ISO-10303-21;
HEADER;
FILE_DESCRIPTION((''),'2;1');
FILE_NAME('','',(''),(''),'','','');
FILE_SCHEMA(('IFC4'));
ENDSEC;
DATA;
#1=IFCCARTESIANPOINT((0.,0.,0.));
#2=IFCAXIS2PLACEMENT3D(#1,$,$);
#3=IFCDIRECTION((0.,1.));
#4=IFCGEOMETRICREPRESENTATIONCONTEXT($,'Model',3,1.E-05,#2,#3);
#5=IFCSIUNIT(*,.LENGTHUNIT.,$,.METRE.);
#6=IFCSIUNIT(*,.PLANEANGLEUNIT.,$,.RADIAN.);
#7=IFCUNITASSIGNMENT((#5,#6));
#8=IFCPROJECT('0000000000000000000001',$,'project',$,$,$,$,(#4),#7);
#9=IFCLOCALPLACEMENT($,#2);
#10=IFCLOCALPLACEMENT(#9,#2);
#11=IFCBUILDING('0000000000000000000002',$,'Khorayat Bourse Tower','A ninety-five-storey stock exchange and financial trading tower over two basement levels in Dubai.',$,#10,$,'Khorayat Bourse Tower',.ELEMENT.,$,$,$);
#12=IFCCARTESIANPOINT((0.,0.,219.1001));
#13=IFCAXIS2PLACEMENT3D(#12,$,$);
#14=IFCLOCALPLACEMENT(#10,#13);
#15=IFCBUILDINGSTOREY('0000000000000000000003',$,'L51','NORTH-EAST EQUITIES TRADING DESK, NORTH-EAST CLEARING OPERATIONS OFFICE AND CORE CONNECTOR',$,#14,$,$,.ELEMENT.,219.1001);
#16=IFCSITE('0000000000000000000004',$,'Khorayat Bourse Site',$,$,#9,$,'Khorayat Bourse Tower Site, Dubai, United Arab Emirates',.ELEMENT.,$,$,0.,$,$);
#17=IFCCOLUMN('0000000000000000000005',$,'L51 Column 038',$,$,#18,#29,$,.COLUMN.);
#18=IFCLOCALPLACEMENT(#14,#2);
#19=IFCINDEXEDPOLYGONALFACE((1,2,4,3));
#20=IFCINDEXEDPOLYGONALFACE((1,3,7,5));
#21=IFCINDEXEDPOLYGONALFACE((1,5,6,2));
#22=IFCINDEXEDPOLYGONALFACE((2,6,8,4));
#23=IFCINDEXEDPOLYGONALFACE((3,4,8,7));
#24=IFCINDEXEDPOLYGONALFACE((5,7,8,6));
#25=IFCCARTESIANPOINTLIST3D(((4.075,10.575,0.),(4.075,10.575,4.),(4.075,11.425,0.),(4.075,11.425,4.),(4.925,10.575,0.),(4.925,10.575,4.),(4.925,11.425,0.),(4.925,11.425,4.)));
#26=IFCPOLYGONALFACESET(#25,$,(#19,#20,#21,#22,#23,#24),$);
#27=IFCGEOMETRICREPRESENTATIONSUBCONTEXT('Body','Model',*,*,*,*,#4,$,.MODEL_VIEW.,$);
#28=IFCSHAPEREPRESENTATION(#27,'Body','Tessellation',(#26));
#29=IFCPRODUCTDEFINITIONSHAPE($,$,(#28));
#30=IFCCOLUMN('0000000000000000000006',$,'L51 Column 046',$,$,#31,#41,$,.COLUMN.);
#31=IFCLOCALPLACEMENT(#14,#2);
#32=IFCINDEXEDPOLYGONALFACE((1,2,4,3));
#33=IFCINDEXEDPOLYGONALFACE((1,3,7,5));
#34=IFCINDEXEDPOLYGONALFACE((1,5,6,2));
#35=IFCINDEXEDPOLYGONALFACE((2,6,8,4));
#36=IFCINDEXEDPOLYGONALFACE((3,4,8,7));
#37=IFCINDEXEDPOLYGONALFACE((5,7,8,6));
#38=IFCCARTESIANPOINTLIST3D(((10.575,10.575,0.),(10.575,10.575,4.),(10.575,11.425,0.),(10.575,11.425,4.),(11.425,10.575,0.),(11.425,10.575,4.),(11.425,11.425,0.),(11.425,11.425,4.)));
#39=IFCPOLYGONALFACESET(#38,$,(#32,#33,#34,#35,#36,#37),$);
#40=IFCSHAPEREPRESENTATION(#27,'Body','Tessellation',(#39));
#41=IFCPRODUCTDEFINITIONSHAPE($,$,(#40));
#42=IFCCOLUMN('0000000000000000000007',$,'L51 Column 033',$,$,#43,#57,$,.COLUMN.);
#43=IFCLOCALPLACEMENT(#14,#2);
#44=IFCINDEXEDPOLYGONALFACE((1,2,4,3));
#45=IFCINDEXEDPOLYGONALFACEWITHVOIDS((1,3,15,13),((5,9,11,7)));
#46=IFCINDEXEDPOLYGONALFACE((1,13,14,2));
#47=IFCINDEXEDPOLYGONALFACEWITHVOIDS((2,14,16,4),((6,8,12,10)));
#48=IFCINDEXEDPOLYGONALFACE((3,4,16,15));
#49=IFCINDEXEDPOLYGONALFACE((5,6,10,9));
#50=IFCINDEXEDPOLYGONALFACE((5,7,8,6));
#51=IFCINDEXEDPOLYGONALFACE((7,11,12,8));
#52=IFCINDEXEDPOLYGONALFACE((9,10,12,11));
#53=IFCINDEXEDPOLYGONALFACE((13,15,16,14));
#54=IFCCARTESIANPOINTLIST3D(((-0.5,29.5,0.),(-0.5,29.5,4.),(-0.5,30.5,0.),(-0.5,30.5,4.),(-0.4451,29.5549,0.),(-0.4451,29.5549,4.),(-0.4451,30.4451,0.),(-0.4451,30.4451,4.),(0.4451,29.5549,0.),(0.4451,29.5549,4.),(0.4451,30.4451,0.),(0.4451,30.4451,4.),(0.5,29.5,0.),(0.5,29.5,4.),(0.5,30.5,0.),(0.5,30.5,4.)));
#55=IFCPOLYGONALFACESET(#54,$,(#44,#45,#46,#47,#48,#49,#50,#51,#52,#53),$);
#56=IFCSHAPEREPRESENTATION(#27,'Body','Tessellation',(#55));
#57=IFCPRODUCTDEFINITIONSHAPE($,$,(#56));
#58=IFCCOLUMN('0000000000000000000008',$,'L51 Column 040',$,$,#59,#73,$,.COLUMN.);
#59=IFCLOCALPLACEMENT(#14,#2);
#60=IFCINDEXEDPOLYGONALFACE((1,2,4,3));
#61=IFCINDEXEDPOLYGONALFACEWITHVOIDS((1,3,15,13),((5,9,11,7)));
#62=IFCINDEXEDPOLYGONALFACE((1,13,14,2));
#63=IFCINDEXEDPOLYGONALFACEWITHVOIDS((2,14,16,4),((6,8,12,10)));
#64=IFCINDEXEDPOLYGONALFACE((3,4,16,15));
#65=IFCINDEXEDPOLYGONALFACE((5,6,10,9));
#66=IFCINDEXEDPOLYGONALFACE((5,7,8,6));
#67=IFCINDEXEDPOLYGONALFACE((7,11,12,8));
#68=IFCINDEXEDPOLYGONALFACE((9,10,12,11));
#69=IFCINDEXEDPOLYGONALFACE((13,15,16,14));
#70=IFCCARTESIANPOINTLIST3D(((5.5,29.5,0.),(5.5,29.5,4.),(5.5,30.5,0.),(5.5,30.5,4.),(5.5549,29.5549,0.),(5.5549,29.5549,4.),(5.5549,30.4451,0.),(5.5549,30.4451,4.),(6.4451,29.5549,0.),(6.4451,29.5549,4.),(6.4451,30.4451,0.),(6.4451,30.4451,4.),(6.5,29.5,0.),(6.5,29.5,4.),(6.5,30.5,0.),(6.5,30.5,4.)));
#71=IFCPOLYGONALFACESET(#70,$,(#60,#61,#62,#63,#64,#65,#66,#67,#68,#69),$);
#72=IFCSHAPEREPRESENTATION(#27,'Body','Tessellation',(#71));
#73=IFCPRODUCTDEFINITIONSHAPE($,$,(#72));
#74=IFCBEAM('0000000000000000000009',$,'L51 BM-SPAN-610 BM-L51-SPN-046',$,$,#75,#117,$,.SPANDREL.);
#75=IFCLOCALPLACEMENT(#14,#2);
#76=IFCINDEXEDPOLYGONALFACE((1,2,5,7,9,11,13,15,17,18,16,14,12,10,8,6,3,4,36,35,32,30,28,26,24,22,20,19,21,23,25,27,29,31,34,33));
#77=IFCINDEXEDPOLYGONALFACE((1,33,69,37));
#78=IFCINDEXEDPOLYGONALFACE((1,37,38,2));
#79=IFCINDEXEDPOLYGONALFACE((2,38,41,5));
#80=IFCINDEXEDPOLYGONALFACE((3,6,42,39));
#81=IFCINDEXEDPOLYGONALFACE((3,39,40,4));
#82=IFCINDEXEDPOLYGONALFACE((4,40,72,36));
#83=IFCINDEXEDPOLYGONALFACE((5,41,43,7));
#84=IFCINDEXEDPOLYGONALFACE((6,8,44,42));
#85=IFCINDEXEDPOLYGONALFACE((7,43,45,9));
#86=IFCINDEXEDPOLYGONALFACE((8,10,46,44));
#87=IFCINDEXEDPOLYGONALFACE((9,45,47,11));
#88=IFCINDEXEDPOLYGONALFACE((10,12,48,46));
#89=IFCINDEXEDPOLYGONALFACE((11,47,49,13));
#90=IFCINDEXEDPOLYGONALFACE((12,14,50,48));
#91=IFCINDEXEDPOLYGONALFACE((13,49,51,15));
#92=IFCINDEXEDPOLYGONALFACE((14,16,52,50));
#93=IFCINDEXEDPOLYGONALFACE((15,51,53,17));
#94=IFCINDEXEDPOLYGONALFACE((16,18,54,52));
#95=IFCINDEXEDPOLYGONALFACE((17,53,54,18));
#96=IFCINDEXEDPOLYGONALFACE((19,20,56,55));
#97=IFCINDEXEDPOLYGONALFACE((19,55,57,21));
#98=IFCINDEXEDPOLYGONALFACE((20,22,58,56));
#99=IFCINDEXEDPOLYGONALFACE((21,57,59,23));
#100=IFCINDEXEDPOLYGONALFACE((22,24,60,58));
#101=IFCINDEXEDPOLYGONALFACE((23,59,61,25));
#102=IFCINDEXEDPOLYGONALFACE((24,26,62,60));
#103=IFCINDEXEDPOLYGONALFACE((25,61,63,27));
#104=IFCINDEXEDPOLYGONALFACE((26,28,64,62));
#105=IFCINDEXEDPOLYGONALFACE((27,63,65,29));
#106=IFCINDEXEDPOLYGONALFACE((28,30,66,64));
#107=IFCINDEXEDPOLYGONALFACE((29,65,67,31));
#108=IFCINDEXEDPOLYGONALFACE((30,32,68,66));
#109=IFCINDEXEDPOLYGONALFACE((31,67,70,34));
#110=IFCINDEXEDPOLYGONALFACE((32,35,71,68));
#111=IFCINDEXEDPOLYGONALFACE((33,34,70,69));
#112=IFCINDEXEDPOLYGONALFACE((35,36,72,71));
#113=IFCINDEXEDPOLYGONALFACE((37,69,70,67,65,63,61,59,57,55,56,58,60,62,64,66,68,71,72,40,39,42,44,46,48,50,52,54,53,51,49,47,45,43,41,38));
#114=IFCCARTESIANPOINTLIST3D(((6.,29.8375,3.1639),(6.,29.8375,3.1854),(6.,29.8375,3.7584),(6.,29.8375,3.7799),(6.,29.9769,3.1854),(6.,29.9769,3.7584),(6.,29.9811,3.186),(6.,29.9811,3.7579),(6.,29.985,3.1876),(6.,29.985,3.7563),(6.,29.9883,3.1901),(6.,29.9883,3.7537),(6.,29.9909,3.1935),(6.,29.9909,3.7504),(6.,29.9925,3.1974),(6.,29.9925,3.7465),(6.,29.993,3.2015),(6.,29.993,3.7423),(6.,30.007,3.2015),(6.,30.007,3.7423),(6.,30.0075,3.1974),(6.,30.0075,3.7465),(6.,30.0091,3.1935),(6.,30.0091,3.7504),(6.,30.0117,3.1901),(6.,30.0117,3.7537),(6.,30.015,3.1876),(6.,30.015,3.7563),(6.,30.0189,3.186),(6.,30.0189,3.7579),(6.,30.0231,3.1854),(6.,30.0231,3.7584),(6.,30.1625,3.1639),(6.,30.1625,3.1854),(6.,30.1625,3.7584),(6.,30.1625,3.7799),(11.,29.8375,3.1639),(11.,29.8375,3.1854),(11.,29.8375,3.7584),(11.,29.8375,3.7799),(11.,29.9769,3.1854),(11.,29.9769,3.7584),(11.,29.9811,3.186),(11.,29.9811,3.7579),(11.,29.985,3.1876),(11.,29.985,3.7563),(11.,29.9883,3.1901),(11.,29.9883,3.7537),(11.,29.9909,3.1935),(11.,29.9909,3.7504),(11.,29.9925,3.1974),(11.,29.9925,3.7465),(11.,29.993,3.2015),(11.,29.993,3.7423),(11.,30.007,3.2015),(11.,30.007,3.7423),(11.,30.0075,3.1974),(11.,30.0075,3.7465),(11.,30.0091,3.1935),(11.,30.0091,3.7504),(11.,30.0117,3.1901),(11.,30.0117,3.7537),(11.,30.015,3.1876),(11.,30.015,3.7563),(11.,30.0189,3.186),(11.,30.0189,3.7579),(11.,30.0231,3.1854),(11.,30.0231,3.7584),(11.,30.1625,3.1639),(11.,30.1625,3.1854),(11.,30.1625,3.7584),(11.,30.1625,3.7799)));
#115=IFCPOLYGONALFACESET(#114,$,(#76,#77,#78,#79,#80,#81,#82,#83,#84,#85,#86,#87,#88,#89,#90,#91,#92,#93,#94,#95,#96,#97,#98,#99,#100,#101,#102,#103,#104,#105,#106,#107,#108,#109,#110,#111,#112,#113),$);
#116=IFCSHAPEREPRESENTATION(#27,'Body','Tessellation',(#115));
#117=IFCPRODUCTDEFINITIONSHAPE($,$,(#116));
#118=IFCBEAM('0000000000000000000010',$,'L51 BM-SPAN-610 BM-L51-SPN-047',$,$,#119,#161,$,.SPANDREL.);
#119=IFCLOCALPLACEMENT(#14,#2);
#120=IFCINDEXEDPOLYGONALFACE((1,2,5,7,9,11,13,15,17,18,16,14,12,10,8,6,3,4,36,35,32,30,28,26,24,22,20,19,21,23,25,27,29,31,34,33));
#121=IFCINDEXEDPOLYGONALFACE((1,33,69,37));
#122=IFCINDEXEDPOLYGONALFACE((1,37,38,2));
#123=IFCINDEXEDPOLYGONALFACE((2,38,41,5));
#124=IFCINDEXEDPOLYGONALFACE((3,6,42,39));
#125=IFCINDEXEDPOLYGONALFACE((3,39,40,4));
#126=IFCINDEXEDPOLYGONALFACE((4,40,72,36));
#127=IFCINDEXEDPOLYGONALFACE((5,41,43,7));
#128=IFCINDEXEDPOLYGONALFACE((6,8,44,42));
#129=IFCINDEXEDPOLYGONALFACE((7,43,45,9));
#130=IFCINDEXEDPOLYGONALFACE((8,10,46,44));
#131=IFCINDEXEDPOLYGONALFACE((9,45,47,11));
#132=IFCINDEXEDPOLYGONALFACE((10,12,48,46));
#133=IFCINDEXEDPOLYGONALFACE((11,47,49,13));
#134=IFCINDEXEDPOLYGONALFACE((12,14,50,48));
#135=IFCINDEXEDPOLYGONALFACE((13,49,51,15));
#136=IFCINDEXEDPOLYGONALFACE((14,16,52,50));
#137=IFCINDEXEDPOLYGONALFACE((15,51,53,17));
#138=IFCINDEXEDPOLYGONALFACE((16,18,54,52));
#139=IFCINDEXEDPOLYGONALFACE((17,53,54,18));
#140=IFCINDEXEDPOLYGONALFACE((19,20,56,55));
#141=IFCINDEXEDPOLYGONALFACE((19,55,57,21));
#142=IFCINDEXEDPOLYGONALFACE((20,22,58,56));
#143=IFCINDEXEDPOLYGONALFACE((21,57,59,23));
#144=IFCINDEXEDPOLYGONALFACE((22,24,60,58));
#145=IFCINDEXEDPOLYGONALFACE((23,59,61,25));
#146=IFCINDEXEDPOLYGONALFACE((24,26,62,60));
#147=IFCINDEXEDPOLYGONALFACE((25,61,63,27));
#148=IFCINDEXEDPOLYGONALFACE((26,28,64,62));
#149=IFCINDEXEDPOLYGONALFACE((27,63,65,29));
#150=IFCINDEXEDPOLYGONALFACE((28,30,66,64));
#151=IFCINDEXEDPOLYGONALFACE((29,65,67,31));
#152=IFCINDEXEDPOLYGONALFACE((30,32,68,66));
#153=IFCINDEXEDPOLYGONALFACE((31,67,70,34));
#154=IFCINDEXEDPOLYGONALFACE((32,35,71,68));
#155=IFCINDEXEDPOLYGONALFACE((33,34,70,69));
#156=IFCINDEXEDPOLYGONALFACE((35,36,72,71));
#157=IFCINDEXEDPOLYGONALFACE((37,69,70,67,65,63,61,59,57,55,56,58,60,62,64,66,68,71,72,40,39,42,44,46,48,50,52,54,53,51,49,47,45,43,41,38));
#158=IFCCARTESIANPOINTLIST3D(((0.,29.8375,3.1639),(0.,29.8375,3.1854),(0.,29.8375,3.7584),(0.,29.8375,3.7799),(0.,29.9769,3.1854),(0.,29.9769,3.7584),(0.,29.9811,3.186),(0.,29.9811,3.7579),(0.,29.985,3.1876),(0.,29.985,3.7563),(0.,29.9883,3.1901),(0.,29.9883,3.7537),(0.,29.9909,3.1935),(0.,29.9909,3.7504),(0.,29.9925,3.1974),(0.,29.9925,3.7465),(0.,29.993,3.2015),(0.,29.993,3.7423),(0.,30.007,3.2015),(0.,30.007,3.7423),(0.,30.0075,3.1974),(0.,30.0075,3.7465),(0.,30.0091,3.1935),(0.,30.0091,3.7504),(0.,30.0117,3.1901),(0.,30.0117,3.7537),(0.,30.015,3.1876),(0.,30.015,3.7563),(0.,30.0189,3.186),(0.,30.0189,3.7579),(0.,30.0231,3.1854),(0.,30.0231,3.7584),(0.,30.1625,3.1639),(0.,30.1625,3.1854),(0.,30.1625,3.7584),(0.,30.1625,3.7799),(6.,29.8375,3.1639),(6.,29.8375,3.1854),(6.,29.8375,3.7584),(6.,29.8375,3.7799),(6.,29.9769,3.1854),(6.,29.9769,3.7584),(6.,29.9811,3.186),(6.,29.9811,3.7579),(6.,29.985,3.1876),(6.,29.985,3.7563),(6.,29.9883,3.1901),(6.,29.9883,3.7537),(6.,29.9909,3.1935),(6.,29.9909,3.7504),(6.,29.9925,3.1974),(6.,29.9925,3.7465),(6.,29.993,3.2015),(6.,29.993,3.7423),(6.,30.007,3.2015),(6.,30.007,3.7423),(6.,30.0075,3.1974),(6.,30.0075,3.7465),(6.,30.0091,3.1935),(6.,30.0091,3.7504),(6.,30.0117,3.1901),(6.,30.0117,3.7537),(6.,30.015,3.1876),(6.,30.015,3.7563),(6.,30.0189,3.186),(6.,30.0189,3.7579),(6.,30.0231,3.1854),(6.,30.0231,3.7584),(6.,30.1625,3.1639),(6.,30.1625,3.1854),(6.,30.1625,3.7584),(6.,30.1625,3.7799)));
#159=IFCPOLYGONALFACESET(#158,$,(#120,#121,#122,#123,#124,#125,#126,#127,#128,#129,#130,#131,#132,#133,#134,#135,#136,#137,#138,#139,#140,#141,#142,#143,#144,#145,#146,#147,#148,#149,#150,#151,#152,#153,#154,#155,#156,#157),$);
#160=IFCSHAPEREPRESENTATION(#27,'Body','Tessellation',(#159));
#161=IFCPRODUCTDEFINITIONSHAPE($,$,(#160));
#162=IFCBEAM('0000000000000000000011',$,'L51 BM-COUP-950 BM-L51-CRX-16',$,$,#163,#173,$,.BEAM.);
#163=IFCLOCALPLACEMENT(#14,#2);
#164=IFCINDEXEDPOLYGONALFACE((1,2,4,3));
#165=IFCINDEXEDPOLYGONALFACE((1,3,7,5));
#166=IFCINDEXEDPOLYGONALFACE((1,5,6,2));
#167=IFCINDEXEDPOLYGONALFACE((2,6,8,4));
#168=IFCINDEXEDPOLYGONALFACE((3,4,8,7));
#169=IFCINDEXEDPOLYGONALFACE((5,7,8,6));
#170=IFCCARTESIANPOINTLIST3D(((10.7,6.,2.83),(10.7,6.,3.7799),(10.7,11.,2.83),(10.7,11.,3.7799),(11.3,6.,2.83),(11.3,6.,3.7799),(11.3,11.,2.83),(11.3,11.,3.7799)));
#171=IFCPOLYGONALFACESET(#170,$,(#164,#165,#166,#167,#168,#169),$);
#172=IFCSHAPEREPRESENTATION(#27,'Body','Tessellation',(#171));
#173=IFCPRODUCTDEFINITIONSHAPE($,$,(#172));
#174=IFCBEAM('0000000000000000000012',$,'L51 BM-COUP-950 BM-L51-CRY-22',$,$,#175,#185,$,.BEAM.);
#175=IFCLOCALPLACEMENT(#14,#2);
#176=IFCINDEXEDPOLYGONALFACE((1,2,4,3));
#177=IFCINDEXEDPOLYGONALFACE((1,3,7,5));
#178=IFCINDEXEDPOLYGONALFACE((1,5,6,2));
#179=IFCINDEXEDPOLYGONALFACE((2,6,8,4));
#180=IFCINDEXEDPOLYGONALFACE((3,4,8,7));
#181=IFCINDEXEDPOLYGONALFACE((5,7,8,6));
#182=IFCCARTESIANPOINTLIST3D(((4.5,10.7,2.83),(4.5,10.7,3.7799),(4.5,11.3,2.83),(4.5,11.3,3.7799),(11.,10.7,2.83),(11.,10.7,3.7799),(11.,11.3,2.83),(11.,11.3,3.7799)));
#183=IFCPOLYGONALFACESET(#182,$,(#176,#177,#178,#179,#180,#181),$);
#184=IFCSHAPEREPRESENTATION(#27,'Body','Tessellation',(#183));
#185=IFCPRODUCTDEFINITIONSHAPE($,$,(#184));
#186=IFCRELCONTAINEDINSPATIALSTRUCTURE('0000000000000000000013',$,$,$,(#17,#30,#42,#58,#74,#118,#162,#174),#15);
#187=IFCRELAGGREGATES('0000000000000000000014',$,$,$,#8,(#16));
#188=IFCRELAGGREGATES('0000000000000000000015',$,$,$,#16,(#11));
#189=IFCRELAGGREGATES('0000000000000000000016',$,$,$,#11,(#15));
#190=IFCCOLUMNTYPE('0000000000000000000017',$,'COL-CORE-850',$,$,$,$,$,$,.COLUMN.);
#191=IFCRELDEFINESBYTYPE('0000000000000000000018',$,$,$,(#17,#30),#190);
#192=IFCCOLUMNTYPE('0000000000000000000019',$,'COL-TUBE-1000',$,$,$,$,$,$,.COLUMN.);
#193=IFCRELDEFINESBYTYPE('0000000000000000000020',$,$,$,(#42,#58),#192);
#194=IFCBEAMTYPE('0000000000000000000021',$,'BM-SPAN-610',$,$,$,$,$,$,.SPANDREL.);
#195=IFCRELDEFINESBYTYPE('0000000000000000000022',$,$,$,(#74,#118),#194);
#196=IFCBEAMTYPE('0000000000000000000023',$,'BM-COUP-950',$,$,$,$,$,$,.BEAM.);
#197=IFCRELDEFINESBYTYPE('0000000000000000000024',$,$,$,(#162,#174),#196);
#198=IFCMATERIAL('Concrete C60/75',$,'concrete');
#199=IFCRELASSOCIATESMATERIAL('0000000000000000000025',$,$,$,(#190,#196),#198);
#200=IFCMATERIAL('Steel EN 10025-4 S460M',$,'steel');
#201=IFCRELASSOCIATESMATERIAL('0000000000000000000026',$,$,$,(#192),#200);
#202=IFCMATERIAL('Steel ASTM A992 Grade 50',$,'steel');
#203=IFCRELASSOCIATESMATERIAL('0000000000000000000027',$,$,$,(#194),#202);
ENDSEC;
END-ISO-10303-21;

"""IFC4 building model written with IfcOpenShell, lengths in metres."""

from ifc_helpers import new_model, si_unit, direction, frame, origin, origin_2d, place, context, subcontext, project, spatial, rectangle, hollow_rectangle, i_section, extrude, source, transform, mapped, material, material_profile, profile_set, type_object, element, save


model = new_model("IFC4")

# Units and contexts
model_context = context("Model", 3, precision=1e-05, world=origin(), true_north=direction((0.0, 1.0)))
body_context = subcontext(model_context, "Body", "Model", "MODEL_VIEW")
ifc_project = project(units=[si_unit("LENGTHUNIT", "METRE"), si_unit("PLANEANGLEUNIT", "RADIAN")], contexts=[model_context])

# Site, building, storey
site_placement = place(None, origin())
site = spatial("IfcSite", under=ifc_project, at=site_placement, Name="Khorayat Bourse Site", LongName="Khorayat Bourse Tower Site, Dubai, United Arab Emirates", CompositionType="ELEMENT", RefElevation=0.0)
building_placement = place(site_placement, origin())
building = spatial("IfcBuilding", under=site, at=building_placement, Name="Khorayat Bourse Tower", Description="A ninety-five-storey stock exchange and financial trading tower over two basement levels in Dubai.", LongName="Khorayat Bourse Tower", CompositionType="ELEMENT")
storey_placement = place(building_placement, frame((0.0, 0.0, 219.1001)))
storey = spatial("IfcBuildingStorey", under=building, at=storey_placement, Name="L51", Description="NORTH-EAST EQUITIES TRADING DESK, NORTH-EAST CLEARING OPERATIONS OFFICE AND CORE CONNECTOR", CompositionType="ELEMENT", Elevation=219.1001)

# Columns
ifc_material_1 = material(Name="Concrete C60/75", Category="concrete")
ifc_material_profile_1 = material_profile(ifc_material_1, rectangle(XDim=0.8501, YDim=0.8501, at=origin_2d()), Name="RC 850x850")
ifc_profile_set_1 = profile_set([ifc_material_profile_1], Name="Concrete C60/75")
column_type_1 = type_object("IfcColumnType", Name="COL-CORE-850", PredefinedType="COLUMN", material=ifc_profile_set_1)
shared_shape_1 = source(origin(), body_context, "Body", "SweptSolid", [
    extrude(rectangle(XDim=0.8501, YDim=0.8501, at=origin_2d()), origin(), (0.0, 0.0, 1.0), 4.0),
])
for number, where, z_axis, x_axis, name in (
    (1, (4.5, 11.0, 0.0), (0.0, 0.0, 1.0), (1.0, 0.0, 0.0), "L51 Column 038"),
    (2, (11.0, 11.0, 0.0), (0.0, 0.0, 1.0), (1.0, 0.0, 0.0), "L51 Column 046"),
):
    element("IfcColumn", number, at=place(storey_placement, frame(where, z_axis=z_axis, x_axis=x_axis)), inside=storey, type_object=column_type_1, Name=name, PredefinedType="COLUMN", context=body_context, shape_type="MappedRepresentation", body=[
        mapped(shared_shape_1, transform((0.0, 0.0, 0.0), scale=1.0)),
    ])
ifc_material_2 = material(Name="Steel EN 10025-4 S460M", Category="steel")
ifc_material_profile_2 = material_profile(ifc_material_2, hollow_rectangle(XDim=1.0, YDim=1.0, WallThickness=0.0549, at=origin_2d()), Name="BOX 1000x1000x55")
ifc_profile_set_2 = profile_set([ifc_material_profile_2], Name="Steel EN 10025-4 S460M")
column_type_2 = type_object("IfcColumnType", Name="COL-TUBE-1000", PredefinedType="COLUMN", material=ifc_profile_set_2)
shared_shape_2 = source(origin(), body_context, "Body", "SweptSolid", [
    extrude(hollow_rectangle(XDim=1.0, YDim=1.0, WallThickness=0.0549, at=origin_2d()), origin(), (0.0, 0.0, 1.0), 4.0),
])
for number, where, z_axis, x_axis, name in (
    (3, (0.0, 30.0, 0.0), (0.0, 0.0, 1.0), (1.0, 0.0, 0.0), "L51 Column 033"),
    (4, (6.0, 30.0, 0.0), (0.0, 0.0, 1.0), (1.0, 0.0, 0.0), "L51 Column 040"),
):
    element("IfcColumn", number, at=place(storey_placement, frame(where, z_axis=z_axis, x_axis=x_axis)), inside=storey, type_object=column_type_2, Name=name, PredefinedType="COLUMN", context=body_context, shape_type="MappedRepresentation", body=[
        mapped(shared_shape_2, transform((0.0, 0.0, 0.0), scale=1.0)),
    ])

# Beams
ifc_material_3 = material(Name="Steel ASTM A992 Grade 50", Category="steel")
ifc_material_profile_3 = material_profile(ifc_material_3, i_section(OverallWidth=0.325, OverallDepth=0.616, WebThickness=0.0139, FlangeThickness=0.0215, FilletRadius=0.0161, at=origin_2d()), Name="W610X174")
ifc_profile_set_3 = profile_set([ifc_material_profile_3], Name="Steel ASTM A992 Grade 50")
beam_type_1 = type_object("IfcBeamType", Name="BM-SPAN-610", PredefinedType="SPANDREL", material=ifc_profile_set_3)
shared_shape_3 = source(origin(), body_context, "Body", "SweptSolid", [
    extrude(i_section(OverallWidth=0.325, OverallDepth=0.616, WebThickness=0.0139, FlangeThickness=0.0215, FilletRadius=0.0161, at=origin_2d()), origin(), (0.0, 0.0, 1.0), 5.0),
])
beam_1_placement = place(storey_placement, frame((6.0, 30.0, 3.4719), z_axis=(1.0, 0.0, 0.0), x_axis=(0.0, 1.0, 0.0)))
element("IfcBeam", 5, at=beam_1_placement, inside=storey, type_object=beam_type_1, Name="L51 BM-SPAN-610 BM-L51-SPN-046", PredefinedType="SPANDREL", context=body_context, shape_type="MappedRepresentation", body=[
    mapped(shared_shape_3, transform((0.0, 0.0, 0.0), scale=1.0)),
])
shared_shape_4 = source(origin(), body_context, "Body", "SweptSolid", [
    extrude(i_section(OverallWidth=0.325, OverallDepth=0.616, WebThickness=0.0139, FlangeThickness=0.0215, FilletRadius=0.0161, at=origin_2d()), origin(), (0.0, 0.0, 1.0), 6.0),
])
beam_2_placement = place(storey_placement, frame((0.0, 30.0, 3.4719), z_axis=(1.0, 0.0, 0.0), x_axis=(0.0, 1.0, 0.0)))
element("IfcBeam", 6, at=beam_2_placement, inside=storey, type_object=beam_type_1, Name="L51 BM-SPAN-610 BM-L51-SPN-047", PredefinedType="SPANDREL", context=body_context, shape_type="MappedRepresentation", body=[
    mapped(shared_shape_4, transform((0.0, 0.0, 0.0), scale=1.0)),
])
ifc_material_profile_4 = material_profile(ifc_material_1, rectangle(XDim=0.6001, YDim=0.95, at=origin_2d()), Name="RC 600x950")
ifc_profile_set_4 = profile_set([ifc_material_profile_4], Name="Concrete C60/75")
beam_type_2 = type_object("IfcBeamType", Name="BM-COUP-950", PredefinedType="BEAM", material=ifc_profile_set_4)
shared_shape_5 = source(origin(), body_context, "Body", "SweptSolid", [
    extrude(rectangle(XDim=0.6001, YDim=0.95, at=origin_2d()), origin(), (0.0, 0.0, 1.0), 5.0),
])
beam_3_placement = place(storey_placement, frame((11.0, 6.0, 3.3049), z_axis=(0.0, 1.0, 0.0), x_axis=(-1.0, 0.0, 0.0)))
element("IfcBeam", 7, at=beam_3_placement, inside=storey, type_object=beam_type_2, Name="L51 BM-COUP-950 BM-L51-CRX-16", PredefinedType="BEAM", context=body_context, shape_type="MappedRepresentation", body=[
    mapped(shared_shape_5, transform((0.0, 0.0, 0.0), scale=1.0)),
])
shared_shape_6 = source(origin(), body_context, "Body", "SweptSolid", [
    extrude(rectangle(XDim=0.6001, YDim=0.95, at=origin_2d()), origin(), (0.0, 0.0, 1.0), 6.5),
])
beam_4_placement = place(storey_placement, frame((4.5, 11.0, 3.3049), z_axis=(1.0, 0.0, 0.0), x_axis=(0.0, 1.0, 0.0)))
element("IfcBeam", 8, at=beam_4_placement, inside=storey, type_object=beam_type_2, Name="L51 BM-COUP-950 BM-L51-CRY-22", PredefinedType="BEAM", context=body_context, shape_type="MappedRepresentation", body=[
    mapped(shared_shape_6, transform((0.0, 0.0, 0.0), scale=1.0)),
])

save(model, "model.ifc")
